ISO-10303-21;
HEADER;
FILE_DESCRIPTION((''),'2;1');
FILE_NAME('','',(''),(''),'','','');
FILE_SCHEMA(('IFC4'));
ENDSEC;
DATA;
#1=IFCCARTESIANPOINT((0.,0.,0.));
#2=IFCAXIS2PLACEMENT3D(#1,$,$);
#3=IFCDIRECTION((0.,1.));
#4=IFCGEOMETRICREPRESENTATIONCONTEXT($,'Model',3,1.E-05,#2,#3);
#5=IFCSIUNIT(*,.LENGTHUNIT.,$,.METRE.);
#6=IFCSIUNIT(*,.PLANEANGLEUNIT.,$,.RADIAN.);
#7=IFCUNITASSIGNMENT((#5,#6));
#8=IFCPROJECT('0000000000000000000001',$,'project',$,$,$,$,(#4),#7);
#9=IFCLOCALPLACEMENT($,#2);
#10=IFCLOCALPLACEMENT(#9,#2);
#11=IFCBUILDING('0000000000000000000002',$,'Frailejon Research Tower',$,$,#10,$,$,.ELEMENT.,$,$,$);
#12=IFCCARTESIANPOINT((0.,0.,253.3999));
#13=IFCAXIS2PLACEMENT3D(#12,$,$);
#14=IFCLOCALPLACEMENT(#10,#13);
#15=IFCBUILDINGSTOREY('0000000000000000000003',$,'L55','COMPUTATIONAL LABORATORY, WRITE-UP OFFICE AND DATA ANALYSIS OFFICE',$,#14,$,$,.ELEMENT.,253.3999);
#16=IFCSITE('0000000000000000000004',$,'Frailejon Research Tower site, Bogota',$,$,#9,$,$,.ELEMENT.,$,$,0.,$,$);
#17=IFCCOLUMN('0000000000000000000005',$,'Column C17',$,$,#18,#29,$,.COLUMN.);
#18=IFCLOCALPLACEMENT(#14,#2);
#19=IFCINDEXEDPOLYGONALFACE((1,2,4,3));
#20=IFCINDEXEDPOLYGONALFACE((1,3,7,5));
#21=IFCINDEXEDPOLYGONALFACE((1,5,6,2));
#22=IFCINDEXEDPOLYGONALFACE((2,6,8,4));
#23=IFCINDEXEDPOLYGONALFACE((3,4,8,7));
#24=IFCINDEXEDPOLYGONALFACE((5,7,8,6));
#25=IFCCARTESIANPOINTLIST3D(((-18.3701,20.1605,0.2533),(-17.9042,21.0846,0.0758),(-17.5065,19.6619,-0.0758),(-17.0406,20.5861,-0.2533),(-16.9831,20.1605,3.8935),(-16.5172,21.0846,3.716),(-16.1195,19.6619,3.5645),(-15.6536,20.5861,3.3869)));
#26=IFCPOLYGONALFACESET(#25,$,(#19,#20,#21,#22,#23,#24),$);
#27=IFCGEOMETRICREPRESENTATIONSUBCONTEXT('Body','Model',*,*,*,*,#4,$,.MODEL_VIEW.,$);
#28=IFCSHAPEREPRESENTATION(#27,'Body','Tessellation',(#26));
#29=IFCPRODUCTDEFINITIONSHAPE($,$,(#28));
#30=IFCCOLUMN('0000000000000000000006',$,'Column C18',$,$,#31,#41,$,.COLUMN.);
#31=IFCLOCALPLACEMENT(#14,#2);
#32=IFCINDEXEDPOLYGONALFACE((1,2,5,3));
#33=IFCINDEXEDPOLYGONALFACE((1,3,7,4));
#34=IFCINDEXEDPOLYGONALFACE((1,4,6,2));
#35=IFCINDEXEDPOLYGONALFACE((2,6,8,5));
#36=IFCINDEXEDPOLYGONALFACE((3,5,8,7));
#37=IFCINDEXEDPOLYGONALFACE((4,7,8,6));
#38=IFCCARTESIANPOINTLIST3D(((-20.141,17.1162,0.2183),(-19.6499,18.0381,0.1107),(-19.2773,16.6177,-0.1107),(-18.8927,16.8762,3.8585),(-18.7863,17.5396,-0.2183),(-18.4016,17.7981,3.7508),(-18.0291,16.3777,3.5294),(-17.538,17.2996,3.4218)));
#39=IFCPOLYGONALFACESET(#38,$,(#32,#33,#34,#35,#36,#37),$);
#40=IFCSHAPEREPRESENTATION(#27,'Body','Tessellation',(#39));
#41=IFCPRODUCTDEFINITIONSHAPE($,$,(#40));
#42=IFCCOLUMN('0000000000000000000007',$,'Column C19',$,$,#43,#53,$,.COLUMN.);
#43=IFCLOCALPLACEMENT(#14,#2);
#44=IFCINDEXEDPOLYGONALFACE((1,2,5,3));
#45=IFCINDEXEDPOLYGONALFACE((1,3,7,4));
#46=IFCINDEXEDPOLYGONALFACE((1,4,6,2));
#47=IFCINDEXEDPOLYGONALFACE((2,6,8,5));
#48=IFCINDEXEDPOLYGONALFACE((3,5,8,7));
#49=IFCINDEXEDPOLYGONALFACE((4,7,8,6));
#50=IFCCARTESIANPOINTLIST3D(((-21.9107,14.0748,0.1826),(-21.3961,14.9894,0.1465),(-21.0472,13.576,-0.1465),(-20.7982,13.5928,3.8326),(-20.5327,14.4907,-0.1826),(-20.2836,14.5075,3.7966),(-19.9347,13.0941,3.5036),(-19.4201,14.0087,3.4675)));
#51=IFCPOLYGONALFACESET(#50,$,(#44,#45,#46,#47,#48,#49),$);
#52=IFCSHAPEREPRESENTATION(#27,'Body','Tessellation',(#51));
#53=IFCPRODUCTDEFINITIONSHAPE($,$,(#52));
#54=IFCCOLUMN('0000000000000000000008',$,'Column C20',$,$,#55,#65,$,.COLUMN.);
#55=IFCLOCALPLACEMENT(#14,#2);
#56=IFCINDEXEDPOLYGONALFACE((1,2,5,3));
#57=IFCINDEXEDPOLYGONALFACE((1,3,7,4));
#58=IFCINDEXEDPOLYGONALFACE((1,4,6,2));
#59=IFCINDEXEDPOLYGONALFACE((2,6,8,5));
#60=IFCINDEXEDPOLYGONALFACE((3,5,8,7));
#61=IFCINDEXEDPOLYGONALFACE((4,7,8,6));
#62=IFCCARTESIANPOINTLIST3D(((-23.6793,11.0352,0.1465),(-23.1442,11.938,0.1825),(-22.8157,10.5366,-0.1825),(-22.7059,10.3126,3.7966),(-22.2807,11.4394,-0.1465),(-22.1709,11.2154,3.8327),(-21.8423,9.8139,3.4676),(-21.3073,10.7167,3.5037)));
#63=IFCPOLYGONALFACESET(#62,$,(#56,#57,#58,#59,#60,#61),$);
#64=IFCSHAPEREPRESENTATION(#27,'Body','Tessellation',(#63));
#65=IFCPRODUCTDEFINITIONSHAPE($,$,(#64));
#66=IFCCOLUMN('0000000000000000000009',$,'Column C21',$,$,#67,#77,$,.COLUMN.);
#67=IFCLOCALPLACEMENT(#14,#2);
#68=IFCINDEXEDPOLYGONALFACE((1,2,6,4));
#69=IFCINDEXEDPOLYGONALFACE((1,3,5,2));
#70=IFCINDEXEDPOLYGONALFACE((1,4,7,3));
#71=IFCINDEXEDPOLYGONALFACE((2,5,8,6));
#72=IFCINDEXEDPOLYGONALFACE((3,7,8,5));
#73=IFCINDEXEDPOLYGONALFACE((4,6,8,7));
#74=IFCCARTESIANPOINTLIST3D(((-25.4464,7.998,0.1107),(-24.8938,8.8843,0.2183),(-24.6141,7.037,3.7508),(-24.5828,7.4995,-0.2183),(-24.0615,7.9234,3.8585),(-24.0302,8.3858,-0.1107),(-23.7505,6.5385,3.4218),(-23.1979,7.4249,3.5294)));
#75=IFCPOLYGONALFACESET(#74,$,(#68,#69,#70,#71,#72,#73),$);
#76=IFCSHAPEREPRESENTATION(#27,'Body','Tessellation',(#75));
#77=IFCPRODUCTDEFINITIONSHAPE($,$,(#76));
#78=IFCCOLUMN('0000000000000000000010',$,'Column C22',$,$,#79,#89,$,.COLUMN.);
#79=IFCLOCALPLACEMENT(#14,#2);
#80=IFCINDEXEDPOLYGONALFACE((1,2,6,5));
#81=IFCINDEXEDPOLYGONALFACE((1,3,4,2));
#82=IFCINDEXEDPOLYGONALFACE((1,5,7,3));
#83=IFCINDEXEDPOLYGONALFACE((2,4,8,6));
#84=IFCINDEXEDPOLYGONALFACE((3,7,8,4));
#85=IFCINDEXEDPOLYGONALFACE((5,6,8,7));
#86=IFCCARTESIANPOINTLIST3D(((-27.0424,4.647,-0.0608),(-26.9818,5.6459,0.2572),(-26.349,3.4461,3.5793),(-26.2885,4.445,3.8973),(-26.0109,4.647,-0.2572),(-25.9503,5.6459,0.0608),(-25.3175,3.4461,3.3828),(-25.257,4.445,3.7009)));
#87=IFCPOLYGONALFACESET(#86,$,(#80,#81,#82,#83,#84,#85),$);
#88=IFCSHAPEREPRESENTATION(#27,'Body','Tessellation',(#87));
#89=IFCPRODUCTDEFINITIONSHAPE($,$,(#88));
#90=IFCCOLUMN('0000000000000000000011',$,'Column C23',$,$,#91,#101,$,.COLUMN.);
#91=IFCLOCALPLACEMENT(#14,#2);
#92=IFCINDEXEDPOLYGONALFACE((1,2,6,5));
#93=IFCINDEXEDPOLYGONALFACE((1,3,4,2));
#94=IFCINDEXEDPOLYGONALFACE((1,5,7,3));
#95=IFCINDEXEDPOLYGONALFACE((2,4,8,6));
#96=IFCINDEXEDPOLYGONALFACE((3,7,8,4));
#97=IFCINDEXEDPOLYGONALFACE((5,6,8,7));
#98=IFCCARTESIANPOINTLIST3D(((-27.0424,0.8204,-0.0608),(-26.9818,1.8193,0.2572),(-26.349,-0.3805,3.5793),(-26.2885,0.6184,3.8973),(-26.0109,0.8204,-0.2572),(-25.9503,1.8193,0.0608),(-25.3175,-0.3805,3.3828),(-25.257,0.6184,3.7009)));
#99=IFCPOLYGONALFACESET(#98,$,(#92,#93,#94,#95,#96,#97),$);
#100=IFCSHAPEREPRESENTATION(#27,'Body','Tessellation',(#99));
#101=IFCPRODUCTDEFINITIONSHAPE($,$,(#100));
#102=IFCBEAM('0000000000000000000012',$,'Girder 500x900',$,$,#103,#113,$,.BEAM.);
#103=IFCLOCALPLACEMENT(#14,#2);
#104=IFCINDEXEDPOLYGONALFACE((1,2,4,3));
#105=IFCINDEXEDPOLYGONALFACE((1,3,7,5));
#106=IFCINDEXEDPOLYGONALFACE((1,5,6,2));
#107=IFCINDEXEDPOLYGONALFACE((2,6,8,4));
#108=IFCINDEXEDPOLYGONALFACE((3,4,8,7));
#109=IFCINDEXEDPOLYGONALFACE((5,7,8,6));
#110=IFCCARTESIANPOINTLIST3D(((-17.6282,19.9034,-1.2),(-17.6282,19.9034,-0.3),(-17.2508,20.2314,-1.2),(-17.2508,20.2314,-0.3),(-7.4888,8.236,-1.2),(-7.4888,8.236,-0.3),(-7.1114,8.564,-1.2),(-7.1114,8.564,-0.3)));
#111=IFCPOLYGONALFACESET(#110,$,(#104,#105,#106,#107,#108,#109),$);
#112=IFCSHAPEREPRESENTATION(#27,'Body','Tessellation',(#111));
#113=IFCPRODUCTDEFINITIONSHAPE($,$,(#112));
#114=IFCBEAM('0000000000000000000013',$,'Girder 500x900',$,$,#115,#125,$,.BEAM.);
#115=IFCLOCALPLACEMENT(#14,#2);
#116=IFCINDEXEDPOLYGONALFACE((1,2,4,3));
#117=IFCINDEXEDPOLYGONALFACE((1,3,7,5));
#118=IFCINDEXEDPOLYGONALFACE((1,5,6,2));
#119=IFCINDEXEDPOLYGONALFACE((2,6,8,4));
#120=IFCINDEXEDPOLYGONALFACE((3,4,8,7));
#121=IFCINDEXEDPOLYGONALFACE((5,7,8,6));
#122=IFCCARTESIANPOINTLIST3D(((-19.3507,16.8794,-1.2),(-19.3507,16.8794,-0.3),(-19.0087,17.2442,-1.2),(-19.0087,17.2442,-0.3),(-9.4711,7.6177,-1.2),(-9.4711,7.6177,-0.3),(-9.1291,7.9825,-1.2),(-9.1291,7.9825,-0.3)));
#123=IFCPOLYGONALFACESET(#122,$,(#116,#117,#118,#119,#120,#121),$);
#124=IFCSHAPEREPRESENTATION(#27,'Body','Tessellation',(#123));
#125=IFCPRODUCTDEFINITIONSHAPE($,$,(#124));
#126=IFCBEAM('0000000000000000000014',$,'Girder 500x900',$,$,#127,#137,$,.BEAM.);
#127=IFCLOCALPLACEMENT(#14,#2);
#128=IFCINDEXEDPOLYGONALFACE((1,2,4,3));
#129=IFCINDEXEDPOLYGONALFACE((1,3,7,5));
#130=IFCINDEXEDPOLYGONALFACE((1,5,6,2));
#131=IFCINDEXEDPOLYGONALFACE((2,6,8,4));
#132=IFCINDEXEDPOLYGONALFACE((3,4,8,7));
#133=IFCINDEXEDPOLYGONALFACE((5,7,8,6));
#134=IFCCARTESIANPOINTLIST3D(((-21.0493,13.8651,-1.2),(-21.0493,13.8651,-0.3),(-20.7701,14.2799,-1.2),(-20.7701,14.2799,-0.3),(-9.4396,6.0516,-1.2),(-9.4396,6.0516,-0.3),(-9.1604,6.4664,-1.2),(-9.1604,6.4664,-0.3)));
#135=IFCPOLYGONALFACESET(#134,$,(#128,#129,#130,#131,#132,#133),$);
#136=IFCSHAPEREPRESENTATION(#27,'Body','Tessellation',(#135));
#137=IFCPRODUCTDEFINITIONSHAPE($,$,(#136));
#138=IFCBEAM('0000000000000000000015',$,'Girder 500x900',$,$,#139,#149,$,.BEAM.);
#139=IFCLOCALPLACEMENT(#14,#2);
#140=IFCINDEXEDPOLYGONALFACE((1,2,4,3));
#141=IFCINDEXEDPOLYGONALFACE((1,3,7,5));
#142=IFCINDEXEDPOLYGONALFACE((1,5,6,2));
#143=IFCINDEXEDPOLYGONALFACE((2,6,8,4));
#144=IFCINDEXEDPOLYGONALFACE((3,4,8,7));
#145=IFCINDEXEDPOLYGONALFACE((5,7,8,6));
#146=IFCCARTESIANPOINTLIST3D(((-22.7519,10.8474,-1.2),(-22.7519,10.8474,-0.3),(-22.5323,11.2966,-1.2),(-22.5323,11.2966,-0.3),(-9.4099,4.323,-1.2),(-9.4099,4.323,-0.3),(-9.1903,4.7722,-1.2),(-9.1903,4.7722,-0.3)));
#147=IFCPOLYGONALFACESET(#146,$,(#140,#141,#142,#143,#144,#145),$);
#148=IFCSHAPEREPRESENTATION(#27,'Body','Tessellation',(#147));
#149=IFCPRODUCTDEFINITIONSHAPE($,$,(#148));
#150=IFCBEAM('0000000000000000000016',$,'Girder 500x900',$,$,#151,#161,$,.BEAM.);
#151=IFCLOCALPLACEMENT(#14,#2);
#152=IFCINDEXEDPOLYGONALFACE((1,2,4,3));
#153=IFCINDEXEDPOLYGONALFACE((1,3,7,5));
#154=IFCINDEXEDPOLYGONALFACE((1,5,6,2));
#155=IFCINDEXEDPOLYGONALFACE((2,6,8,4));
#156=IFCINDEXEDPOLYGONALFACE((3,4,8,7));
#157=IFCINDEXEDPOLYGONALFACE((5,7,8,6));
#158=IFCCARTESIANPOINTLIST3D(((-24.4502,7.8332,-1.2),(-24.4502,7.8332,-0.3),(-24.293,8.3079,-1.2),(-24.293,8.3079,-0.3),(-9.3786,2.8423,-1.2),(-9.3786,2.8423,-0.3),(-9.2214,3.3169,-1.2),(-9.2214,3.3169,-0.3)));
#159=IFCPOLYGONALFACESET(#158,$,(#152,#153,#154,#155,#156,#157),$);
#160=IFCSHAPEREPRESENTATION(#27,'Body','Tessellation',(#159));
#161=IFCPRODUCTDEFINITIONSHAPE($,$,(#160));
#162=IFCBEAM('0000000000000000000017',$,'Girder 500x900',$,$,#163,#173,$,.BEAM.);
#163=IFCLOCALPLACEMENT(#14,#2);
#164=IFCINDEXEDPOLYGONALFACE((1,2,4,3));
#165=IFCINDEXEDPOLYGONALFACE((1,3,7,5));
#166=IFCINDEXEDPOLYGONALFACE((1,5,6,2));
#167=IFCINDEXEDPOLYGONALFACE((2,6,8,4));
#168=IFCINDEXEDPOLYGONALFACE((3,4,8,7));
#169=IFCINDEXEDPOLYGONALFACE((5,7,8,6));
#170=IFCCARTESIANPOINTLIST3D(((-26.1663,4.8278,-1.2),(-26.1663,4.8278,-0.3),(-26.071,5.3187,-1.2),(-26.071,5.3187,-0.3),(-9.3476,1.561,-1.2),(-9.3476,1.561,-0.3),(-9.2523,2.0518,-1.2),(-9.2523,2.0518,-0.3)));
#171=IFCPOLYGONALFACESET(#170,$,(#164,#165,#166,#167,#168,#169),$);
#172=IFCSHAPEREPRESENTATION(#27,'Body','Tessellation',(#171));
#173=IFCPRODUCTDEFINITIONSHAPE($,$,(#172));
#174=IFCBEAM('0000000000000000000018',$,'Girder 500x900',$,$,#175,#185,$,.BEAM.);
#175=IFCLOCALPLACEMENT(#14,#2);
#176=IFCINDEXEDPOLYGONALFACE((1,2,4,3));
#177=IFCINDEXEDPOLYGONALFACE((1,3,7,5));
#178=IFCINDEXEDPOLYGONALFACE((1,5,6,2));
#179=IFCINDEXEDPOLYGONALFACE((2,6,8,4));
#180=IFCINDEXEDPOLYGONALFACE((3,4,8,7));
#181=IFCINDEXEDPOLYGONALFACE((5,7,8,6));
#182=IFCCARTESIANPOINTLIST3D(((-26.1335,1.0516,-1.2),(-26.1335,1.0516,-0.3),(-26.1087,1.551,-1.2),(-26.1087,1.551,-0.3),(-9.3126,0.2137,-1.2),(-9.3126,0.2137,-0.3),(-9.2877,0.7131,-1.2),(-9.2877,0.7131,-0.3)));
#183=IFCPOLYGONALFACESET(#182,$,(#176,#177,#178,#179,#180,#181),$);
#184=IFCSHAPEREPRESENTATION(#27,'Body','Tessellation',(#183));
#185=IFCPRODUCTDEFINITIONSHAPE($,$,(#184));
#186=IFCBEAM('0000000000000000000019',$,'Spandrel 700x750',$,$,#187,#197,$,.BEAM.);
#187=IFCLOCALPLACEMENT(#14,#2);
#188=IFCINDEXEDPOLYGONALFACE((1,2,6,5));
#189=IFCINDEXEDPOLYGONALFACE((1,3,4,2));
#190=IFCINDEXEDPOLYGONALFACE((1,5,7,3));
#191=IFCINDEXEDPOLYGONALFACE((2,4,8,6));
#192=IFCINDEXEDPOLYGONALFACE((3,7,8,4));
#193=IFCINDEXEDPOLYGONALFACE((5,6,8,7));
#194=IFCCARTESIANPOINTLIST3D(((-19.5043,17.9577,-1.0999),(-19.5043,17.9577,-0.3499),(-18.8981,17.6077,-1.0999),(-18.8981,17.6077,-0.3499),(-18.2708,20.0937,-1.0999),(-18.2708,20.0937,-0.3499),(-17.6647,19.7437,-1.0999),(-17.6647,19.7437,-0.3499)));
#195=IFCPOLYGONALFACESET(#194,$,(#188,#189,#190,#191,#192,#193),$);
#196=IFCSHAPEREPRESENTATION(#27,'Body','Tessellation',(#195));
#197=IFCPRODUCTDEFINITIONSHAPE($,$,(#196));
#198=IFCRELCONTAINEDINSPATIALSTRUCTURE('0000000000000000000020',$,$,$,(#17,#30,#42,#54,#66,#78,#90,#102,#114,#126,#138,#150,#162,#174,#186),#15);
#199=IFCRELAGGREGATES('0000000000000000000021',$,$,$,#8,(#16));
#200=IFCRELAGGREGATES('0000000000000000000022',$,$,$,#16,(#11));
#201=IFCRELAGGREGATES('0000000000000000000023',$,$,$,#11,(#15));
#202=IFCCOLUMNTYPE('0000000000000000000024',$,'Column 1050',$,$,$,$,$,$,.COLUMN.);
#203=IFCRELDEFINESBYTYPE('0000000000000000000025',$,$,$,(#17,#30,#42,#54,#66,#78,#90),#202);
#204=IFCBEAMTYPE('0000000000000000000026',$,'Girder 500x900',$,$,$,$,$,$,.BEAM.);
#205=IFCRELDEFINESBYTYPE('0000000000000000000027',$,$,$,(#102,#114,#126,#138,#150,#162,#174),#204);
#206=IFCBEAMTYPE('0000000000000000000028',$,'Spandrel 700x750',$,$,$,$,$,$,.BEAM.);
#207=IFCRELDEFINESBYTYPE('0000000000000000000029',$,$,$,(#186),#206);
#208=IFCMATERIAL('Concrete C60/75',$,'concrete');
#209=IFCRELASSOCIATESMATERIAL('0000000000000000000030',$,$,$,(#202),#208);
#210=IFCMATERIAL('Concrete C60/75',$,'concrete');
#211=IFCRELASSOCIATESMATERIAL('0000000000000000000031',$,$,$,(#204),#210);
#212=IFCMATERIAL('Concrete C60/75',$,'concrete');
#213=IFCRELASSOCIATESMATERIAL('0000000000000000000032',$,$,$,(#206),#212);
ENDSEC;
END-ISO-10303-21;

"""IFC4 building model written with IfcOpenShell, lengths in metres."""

from ifc_helpers import new_model, si_unit, direction, frame, origin, origin_2d, place, context, subcontext, project, spatial, rectangle, extrude, material, material_profile, profile_set, type_object, element, save


model = new_model("IFC4")

# Units and contexts
model_context = context("Model", 3, precision=1e-05, world=origin(), true_north=direction((0.0, 1.0)))
body_context = subcontext(model_context, "Body", "Model", "MODEL_VIEW")
ifc_project = project(units=[si_unit("LENGTHUNIT", "METRE"), si_unit("PLANEANGLEUNIT", "RADIAN")], contexts=[model_context])

# Site, building, storey
site_placement = place(None, origin())
site = spatial("IfcSite", under=ifc_project, at=site_placement, Name="Frailejon Research Tower site, Bogota", CompositionType="ELEMENT", RefElevation=0.0)
building_placement = place(site_placement, origin())
building = spatial("IfcBuilding", under=site, at=building_placement, Name="Frailejon Research Tower", CompositionType="ELEMENT")
storey_placement = place(building_placement, frame((0.0, 0.0, 253.3999)))
storey = spatial("IfcBuildingStorey", under=building, at=storey_placement, Name="L55", Description="COMPUTATIONAL LABORATORY, WRITE-UP OFFICE AND DATA ANALYSIS OFFICE", CompositionType="ELEMENT", Elevation=253.3999)

# Columns
ifc_material_1 = material(Name="Concrete C60/75", Category="concrete")
ifc_material_profile_1 = material_profile(ifc_material_1, rectangle(XDim=1.05, YDim=1.05, at=origin_2d()), Name="Column 1050")
ifc_profile_set_1 = profile_set([ifc_material_profile_1], Name="Concrete C60/75")
column_type = type_object("IfcColumnType", Name="Column 1050", PredefinedType="COLUMN", material=ifc_profile_set_1)
column_1_placement = place(storey_placement, frame((-17.7053, 20.3733, 0.0), z_axis=(0.35605, 0.0, 0.934467), x_axis=(-0.443702, -0.880084, 0.169059)))
element("IfcColumn", 1, at=column_1_placement, inside=storey, type_object=column_type, Name="Column C17", PredefinedType="COLUMN", context=body_context, shape_type="SweptSolid", body=[
    extrude(rectangle(XDim=1.05, YDim=1.05, at=origin_2d()), origin(), (0.0, 0.0, 1.0), 3.8955),
])
column_2_placement = place(storey_placement, frame((-19.4636, 17.3279, 0.0), z_axis=(0.323752, -0.062243, 0.944092), x_axis=(-0.467677, -0.877937, 0.102496)))
element("IfcColumn", 2, at=column_2_placement, inside=storey, type_object=column_type, Name="Column C18", PredefinedType="COLUMN", context=body_context, shape_type="SweptSolid", body=[
    extrude(rectangle(XDim=1.05, YDim=1.05, at=origin_2d()), origin(), (0.0, 0.0, 1.0), 3.8557),
])
for number, where, z_axis, x_axis, name in (
    (3, (-21.2217, 14.2827, 0.0), (0.289256, -0.1253, 0.949016), (-0.490022, -0.871033, 0.034353), "Column C19"),
    (4, (-22.98, 11.2373, 0.0), (0.253078, -0.187888, 0.949026), (-0.509529, -0.859768, -0.03434), "Column C20"),
):
    element("IfcColumn", number, at=place(storey_placement, frame(where, z_axis=z_axis, x_axis=x_axis)), inside=storey, type_object=column_type, Name=name, PredefinedType="COLUMN", context=body_context, shape_type="SweptSolid", body=[
        extrude(rectangle(XDim=1.05, YDim=1.05, at=origin_2d()), origin(), (0.0, 0.0, 1.0), 3.8462),
    ])
column_3_placement = place(storey_placement, frame((-24.7383, 8.1919, 0.0), z_axis=(0.215854, -0.249223, 0.944084), x_axis=(-0.526276, -0.844113, -0.102505)))
element("IfcColumn", 5, at=column_3_placement, inside=storey, type_object=column_type, Name="Column C21", PredefinedType="COLUMN", context=body_context, shape_type="SweptSolid", body=[
    extrude(rectangle(XDim=1.05, YDim=1.05, at=origin_2d()), origin(), (0.0, 0.0, 1.0), 3.8557),
])
for number, where, z_axis, x_axis, name in (
    (6, (-26.4963, 5.1465, 0.0), (0.177998, -0.3083, 0.934488), (-0.057669, -0.951289, -0.302858), "Column C22"),
    (7, (-26.4963, 1.3198, 0.0), (0.177998, -0.3083, 0.934488), (-0.057669, -0.951289, -0.302858), "Column C23"),
):
    element("IfcColumn", number, at=place(storey_placement, frame(where, z_axis=z_axis, x_axis=x_axis)), inside=storey, type_object=column_type, Name=name, PredefinedType="COLUMN", context=body_context, shape_type="SweptSolid", body=[
        extrude(rectangle(XDim=1.05, YDim=1.05, at=origin_2d()), origin(), (0.0, 0.0, 1.0), 3.8953),
    ])

# Beams
ifc_material_2 = material(Name="Concrete C60/75", Category="concrete")
ifc_material_profile_2 = material_profile(ifc_material_2, rectangle(XDim=0.5, YDim=0.8999, at=origin_2d()), Name="Girder 500x900")
ifc_profile_set_2 = profile_set([ifc_material_profile_2], Name="Concrete C60/75")
beam_type_1 = type_object("IfcBeamType", Name="Girder 500x900", PredefinedType="BEAM", material=ifc_profile_set_2)
beam_1_placement = place(storey_placement, frame((-17.4395, 20.0674, -0.75), z_axis=(0.655949, -0.754805, 0.0), x_axis=(0.754805, 0.655949, 0.0)))
element("IfcBeam", 8, at=beam_1_placement, inside=storey, type_object=beam_type_1, Name="Girder 500x900", PredefinedType="BEAM", context=body_context, shape_type="SweptSolid", body=[
    extrude(rectangle(XDim=0.5, YDim=0.8999, at=origin_2d()), origin(), (0.0, 0.0, 1.0), 15.4575),
])
beam_2_placement = place(storey_placement, frame((-19.1797, 17.0618, -0.75), z_axis=(0.729554, -0.683924, 0.0), x_axis=(0.683924, 0.729554, 0.0)))
element("IfcBeam", 9, at=beam_2_placement, inside=storey, type_object=beam_type_1, Name="Girder 500x900", PredefinedType="BEAM", context=body_context, shape_type="SweptSolid", body=[
    extrude(rectangle(XDim=0.5, YDim=0.8999, at=origin_2d()), origin(), (0.0, 0.0, 1.0), 13.542),
])
beam_3_placement = place(storey_placement, frame((-20.9097, 14.0725, -0.75), z_axis=(0.829611, -0.558342, 0.0), x_axis=(0.558342, 0.829611, 0.0)))
element("IfcBeam", 10, at=beam_3_placement, inside=storey, type_object=beam_type_1, Name="Girder 500x900", PredefinedType="BEAM", context=body_context, shape_type="SweptSolid", body=[
    extrude(rectangle(XDim=0.5, YDim=0.8999, at=origin_2d()), origin(), (0.0, 0.0, 1.0), 13.9941),
])
beam_4_placement = place(storey_placement, frame((-22.6421, 11.072, -0.75), z_axis=(0.898341, -0.439299, 0.0), x_axis=(0.439299, 0.898341, 0.0)))
element("IfcBeam", 11, at=beam_4_placement, inside=storey, type_object=beam_type_1, Name="Girder 500x900", PredefinedType="BEAM", context=body_context, shape_type="SweptSolid", body=[
    extrude(rectangle(XDim=0.5, YDim=0.8999, at=origin_2d()), origin(), (0.0, 0.0, 1.0), 14.8518),
])
beam_5_placement = place(storey_placement, frame((-24.3716, 8.0706, -0.75), z_axis=(0.949303, -0.314363, 0.0), x_axis=(0.314363, 0.949303, 0.0)))
element("IfcBeam", 12, at=beam_5_placement, inside=storey, type_object=beam_type_1, Name="Girder 500x900", PredefinedType="BEAM", context=body_context, shape_type="SweptSolid", body=[
    extrude(rectangle(XDim=0.5, YDim=0.8999, at=origin_2d()), origin(), (0.0, 0.0, 1.0), 15.8765),
])
beam_6_placement = place(storey_placement, frame((-26.1187, 5.0732, -0.75), z_axis=(0.981653, -0.190676, 0.0), x_axis=(0.190676, 0.981653, 0.0)))
element("IfcBeam", 13, at=beam_6_placement, inside=storey, type_object=beam_type_1, Name="Girder 500x900", PredefinedType="BEAM", context=body_context, shape_type="SweptSolid", body=[
    extrude(rectangle(XDim=0.5, YDim=0.8999, at=origin_2d()), origin(), (0.0, 0.0, 1.0), 17.1331),
])
beam_7_placement = place(storey_placement, frame((-26.1211, 1.3013, -0.75), z_axis=(0.998762, -0.04975, 0.0), x_axis=(0.04975, 0.998762, 0.0)))
element("IfcBeam", 14, at=beam_7_placement, inside=storey, type_object=beam_type_1, Name="Girder 500x900", PredefinedType="BEAM", context=body_context, shape_type="SweptSolid", body=[
    extrude(rectangle(XDim=0.5, YDim=0.8999, at=origin_2d()), origin(), (0.0, 0.0, 1.0), 16.8418),
])
ifc_material_3 = material(Name="Concrete C60/75", Category="concrete")
ifc_material_profile_3 = material_profile(ifc_material_3, rectangle(XDim=0.7, YDim=0.75, at=origin_2d()), Name="Spandrel 700x750")
ifc_profile_set_3 = profile_set([ifc_material_profile_3], Name="Concrete C60/75")
beam_type_2 = type_object("IfcBeamType", Name="Spandrel 700x750", PredefinedType="BEAM", material=ifc_profile_set_3)
beam_8_placement = place(storey_placement, frame((-17.9678, 19.9187, -0.7249), z_axis=(-0.500057, -0.865993, 0.0), x_axis=(0.865993, -0.500057, 0.0)))
element("IfcBeam", 15, at=beam_8_placement, inside=storey, type_object=beam_type_2, Name="Spandrel 700x750", PredefinedType="BEAM", context=body_context, shape_type="SweptSolid", body=[
    extrude(rectangle(XDim=0.7, YDim=0.75, at=origin_2d()), origin(), (0.0, 0.0, 1.0), 2.4666),
])

save(model, "model.ifc")
